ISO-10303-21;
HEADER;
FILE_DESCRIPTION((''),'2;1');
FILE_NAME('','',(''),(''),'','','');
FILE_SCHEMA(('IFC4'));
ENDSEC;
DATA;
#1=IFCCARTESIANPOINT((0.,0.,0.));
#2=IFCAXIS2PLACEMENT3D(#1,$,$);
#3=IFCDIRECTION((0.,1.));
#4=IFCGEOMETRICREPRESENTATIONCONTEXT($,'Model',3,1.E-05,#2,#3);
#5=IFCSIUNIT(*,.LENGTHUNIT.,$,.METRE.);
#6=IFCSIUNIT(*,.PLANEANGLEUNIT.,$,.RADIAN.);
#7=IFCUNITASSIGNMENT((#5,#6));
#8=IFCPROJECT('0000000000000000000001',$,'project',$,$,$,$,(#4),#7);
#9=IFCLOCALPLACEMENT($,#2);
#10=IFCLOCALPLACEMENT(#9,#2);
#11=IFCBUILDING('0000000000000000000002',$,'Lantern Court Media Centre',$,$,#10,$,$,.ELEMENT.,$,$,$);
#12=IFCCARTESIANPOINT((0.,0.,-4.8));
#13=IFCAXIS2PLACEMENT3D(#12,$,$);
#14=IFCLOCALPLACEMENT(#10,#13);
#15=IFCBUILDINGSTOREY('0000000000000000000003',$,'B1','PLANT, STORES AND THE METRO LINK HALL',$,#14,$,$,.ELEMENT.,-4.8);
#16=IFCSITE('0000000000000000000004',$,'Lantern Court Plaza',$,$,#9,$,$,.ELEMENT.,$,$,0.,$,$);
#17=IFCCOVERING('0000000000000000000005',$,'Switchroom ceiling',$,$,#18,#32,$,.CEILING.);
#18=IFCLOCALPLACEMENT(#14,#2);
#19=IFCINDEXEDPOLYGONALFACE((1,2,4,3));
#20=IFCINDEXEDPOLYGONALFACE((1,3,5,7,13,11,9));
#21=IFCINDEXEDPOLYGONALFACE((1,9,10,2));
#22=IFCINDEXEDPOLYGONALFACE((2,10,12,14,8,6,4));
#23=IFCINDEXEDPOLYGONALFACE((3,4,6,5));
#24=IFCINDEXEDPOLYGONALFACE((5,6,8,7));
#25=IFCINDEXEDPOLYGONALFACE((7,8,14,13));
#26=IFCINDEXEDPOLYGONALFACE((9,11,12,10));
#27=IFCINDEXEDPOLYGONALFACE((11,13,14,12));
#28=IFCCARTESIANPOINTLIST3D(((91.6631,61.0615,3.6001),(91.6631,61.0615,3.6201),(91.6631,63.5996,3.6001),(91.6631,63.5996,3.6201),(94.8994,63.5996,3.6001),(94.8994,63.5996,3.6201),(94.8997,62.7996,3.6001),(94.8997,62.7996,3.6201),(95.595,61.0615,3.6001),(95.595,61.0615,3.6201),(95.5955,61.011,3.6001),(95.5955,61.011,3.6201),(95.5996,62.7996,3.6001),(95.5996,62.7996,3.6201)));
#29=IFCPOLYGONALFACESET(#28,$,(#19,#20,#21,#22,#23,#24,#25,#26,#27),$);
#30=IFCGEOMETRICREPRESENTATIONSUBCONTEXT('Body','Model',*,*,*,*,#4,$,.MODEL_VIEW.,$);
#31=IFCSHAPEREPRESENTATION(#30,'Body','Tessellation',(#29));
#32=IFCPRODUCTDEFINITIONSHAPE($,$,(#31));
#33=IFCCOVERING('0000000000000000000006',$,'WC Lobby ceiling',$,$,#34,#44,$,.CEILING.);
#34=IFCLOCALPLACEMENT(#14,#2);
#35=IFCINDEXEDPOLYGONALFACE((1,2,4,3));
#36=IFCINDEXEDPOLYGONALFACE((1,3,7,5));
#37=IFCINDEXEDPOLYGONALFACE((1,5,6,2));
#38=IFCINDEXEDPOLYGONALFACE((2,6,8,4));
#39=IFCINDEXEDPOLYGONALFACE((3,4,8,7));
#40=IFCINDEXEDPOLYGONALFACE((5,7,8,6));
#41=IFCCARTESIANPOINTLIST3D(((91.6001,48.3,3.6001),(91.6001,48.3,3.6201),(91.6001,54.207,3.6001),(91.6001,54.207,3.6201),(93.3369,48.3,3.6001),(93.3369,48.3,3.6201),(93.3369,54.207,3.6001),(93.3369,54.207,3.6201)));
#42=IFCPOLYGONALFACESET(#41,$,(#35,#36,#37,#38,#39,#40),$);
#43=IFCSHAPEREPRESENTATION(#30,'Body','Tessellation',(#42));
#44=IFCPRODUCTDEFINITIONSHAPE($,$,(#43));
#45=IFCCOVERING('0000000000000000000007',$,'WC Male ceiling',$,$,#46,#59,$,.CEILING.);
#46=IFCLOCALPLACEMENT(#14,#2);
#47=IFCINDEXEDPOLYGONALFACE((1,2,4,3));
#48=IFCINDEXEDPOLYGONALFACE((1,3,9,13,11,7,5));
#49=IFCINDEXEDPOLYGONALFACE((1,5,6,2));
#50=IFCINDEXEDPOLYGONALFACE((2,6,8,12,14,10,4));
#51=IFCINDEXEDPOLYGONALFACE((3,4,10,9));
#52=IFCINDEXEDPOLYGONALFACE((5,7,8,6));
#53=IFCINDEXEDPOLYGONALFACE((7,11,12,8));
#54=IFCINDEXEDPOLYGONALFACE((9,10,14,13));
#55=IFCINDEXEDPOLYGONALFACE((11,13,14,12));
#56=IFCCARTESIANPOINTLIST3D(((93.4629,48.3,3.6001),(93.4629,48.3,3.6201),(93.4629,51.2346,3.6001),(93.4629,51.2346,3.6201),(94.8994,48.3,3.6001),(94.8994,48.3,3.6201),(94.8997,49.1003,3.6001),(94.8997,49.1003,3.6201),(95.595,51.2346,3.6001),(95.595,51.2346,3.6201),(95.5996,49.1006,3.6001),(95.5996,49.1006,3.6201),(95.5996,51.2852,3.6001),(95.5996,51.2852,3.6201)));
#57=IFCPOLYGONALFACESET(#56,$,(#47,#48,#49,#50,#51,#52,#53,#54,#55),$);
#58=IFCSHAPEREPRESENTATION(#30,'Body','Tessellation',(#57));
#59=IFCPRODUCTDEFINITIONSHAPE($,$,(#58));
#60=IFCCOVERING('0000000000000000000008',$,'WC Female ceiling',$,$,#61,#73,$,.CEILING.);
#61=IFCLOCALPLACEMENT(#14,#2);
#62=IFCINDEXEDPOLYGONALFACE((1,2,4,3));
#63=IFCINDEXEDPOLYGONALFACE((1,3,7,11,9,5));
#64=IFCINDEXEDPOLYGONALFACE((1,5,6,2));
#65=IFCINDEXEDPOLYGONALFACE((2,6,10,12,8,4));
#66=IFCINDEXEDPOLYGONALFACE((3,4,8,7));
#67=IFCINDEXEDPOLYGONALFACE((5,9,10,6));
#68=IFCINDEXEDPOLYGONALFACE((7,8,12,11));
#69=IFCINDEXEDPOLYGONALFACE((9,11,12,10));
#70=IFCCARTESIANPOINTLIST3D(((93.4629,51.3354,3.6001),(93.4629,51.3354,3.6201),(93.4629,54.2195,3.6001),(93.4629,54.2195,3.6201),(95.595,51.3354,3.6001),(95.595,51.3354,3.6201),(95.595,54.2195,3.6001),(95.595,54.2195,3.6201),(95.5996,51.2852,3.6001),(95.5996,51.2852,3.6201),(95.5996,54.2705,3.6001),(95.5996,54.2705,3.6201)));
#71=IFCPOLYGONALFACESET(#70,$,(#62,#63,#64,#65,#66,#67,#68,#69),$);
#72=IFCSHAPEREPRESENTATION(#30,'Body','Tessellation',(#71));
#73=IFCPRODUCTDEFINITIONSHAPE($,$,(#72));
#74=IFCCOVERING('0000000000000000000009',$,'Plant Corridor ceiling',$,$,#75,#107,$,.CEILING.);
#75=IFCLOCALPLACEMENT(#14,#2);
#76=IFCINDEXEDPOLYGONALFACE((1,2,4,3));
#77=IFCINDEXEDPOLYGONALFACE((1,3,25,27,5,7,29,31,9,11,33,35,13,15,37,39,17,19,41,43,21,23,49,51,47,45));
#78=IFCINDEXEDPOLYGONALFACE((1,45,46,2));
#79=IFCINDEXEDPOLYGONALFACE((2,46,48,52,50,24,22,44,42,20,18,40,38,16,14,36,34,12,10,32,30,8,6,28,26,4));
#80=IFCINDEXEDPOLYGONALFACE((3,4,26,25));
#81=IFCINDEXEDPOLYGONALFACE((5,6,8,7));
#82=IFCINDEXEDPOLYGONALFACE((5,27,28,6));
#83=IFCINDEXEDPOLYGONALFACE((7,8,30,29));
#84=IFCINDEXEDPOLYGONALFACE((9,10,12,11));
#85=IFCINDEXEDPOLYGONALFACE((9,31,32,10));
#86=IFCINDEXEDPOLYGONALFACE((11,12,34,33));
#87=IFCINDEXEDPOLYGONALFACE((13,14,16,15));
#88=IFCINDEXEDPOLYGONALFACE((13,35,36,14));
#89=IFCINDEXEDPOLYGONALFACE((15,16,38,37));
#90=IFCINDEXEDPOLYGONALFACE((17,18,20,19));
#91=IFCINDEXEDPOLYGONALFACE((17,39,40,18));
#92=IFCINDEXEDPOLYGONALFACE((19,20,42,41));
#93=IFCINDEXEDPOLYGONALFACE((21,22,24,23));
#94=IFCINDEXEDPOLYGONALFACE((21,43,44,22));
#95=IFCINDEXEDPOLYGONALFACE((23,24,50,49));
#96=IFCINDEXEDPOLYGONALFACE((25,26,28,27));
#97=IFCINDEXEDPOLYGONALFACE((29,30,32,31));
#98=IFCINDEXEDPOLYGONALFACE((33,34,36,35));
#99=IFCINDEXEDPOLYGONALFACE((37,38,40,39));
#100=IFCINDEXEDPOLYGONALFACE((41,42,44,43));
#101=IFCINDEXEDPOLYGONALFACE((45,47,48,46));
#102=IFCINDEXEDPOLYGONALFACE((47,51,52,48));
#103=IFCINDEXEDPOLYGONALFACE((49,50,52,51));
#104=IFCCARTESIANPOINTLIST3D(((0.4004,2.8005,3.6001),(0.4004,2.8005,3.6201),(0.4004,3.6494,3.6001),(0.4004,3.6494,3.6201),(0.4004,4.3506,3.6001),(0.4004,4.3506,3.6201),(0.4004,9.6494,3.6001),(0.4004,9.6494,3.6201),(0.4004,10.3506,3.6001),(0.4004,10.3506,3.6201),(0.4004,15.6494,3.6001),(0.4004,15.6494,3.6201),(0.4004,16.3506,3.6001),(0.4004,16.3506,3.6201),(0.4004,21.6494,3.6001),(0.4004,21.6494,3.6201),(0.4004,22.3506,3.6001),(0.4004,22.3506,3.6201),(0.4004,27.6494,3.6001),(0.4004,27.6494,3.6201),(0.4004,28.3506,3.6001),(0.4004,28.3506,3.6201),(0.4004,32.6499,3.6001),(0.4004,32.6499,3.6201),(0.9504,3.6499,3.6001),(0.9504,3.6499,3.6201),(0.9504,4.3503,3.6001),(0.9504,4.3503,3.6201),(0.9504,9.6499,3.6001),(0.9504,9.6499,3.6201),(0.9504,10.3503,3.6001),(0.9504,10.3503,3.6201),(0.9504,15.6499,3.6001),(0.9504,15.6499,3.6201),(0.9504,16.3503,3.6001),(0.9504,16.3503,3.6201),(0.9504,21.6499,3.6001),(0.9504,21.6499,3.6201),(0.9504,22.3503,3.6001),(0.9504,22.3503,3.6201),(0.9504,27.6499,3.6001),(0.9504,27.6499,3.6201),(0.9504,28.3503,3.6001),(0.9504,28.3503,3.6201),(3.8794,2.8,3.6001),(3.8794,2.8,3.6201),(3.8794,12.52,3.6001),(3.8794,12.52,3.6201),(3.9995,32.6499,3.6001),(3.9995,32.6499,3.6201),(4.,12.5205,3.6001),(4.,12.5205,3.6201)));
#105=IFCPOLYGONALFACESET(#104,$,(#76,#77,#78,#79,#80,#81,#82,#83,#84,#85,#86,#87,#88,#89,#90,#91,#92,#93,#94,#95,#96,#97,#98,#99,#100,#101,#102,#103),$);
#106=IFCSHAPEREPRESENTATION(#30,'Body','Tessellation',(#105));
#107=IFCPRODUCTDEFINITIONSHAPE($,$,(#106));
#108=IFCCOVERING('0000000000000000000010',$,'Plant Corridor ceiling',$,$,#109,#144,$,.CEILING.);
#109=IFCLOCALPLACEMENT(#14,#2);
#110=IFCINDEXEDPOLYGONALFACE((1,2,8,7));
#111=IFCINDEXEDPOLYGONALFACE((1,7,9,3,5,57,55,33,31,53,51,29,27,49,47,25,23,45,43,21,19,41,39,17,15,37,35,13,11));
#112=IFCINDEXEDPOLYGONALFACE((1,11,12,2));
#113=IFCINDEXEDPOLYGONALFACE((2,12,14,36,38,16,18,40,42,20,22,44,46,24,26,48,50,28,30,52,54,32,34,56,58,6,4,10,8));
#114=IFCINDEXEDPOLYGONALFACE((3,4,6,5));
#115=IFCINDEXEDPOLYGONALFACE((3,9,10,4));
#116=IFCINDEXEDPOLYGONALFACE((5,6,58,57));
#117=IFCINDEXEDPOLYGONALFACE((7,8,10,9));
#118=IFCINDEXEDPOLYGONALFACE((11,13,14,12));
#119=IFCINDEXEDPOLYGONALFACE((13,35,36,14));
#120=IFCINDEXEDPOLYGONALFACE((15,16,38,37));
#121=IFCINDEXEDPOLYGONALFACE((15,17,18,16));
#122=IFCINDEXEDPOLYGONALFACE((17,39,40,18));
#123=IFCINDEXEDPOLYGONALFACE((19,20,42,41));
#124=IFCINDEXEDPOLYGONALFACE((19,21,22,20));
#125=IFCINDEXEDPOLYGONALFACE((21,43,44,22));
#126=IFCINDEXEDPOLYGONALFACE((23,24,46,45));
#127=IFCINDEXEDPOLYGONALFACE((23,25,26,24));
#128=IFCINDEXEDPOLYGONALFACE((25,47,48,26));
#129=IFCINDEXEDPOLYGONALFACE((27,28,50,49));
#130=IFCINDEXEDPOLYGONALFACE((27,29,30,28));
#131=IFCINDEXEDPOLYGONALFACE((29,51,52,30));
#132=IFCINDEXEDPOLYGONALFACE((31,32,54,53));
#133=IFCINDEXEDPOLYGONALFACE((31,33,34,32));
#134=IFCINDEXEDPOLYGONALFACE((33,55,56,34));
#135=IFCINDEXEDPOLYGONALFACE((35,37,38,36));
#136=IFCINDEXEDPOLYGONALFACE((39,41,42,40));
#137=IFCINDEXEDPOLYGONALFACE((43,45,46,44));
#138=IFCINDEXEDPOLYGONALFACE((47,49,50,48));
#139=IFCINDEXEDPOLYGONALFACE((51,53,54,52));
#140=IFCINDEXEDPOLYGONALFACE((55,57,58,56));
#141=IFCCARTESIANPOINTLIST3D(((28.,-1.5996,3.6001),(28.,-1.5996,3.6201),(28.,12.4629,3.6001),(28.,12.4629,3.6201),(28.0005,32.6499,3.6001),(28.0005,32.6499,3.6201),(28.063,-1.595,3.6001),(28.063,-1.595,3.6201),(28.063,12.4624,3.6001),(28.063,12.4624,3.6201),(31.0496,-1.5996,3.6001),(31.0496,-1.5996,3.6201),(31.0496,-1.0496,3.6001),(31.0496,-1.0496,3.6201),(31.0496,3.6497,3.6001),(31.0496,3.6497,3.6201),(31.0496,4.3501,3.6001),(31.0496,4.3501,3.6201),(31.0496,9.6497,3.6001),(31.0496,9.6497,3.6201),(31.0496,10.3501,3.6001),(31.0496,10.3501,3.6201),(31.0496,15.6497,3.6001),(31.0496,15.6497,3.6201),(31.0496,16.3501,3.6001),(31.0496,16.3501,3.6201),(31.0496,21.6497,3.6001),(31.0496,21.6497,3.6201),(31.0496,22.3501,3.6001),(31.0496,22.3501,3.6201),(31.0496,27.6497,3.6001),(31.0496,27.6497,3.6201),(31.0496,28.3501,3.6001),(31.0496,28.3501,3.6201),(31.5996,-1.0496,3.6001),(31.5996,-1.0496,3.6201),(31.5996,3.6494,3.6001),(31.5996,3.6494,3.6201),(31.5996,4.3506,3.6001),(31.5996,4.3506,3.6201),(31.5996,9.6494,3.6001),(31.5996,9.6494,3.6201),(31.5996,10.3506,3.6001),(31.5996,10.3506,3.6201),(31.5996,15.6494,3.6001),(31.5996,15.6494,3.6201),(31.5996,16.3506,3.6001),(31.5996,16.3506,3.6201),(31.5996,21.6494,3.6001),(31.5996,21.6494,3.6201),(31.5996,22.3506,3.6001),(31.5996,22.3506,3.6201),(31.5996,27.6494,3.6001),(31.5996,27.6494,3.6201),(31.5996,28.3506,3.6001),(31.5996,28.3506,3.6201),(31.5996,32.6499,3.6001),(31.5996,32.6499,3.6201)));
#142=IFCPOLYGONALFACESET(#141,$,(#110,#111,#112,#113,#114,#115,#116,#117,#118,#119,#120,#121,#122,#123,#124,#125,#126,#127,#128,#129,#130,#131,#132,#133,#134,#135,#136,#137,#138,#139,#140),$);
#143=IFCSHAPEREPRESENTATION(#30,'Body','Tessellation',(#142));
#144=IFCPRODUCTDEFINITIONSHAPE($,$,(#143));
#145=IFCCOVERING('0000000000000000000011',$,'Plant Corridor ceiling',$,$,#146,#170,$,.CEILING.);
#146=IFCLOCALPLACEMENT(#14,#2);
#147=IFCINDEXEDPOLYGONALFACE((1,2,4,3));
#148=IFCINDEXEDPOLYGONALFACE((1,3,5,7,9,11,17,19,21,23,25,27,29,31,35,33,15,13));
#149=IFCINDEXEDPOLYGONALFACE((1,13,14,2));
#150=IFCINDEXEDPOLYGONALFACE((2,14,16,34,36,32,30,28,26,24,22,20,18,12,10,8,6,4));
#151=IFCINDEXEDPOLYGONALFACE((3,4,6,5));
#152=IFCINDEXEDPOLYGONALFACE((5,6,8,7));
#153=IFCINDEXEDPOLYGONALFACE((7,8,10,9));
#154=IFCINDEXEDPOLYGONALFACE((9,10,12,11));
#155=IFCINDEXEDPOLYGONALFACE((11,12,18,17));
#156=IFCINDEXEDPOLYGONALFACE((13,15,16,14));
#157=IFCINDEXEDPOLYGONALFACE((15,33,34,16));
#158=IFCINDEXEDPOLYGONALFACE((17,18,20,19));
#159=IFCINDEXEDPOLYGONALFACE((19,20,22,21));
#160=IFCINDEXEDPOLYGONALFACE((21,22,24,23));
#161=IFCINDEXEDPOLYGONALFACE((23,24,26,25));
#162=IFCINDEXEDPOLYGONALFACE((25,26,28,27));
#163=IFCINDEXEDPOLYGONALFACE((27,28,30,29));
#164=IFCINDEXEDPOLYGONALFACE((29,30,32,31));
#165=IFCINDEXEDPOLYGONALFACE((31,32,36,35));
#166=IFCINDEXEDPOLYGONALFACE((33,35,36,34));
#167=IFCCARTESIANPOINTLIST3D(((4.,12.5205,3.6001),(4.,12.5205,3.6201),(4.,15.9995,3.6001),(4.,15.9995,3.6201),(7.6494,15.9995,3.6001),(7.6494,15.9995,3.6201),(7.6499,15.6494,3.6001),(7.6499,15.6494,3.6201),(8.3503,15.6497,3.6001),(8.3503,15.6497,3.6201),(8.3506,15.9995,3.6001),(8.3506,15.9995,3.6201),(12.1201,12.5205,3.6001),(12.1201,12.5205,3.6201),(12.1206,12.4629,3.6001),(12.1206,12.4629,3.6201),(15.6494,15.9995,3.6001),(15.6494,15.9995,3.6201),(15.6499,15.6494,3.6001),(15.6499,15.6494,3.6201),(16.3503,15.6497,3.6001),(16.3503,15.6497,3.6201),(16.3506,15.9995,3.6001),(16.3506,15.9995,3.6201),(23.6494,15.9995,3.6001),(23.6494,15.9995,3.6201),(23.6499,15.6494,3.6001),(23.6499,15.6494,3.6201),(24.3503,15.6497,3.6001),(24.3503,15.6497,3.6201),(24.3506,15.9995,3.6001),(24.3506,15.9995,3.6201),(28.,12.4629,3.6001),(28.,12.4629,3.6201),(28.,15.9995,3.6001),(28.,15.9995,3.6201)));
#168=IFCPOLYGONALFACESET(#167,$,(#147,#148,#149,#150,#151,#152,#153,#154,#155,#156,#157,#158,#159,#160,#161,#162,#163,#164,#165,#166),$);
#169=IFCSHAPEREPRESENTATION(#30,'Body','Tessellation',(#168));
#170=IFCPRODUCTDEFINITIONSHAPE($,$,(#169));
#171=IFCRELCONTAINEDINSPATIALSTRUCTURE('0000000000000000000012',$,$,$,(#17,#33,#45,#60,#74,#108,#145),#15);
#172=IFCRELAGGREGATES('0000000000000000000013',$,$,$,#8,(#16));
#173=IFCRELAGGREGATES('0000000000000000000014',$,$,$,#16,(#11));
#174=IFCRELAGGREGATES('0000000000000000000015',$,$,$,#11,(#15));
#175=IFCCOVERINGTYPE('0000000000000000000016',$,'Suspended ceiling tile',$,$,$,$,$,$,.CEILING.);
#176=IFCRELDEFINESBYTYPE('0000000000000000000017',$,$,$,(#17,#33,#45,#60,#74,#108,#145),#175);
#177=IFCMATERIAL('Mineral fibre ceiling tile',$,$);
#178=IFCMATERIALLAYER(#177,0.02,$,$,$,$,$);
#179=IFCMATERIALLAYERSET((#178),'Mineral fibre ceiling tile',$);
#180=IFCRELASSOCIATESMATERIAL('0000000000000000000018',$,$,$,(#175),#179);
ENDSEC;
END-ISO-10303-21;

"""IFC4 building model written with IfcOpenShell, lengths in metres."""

from ifc_helpers import new_model, si_unit, direction, frame, origin, place, context, subcontext, project, spatial, polyline, outline, extrude, material, layer, layer_set, type_object, element, save


model = new_model("IFC4")

# Units and contexts
model_context = context("Model", 3, precision=1e-05, world=origin(), true_north=direction((0.0, 1.0)))
body_context = subcontext(model_context, "Body", "Model", "MODEL_VIEW")
ifc_project = project(units=[si_unit("LENGTHUNIT", "METRE"), si_unit("PLANEANGLEUNIT", "RADIAN")], contexts=[model_context])

# Site, building, storey
site_placement = place(None, origin())
site = spatial("IfcSite", under=ifc_project, at=site_placement, Name="Lantern Court Plaza", CompositionType="ELEMENT", RefElevation=0.0)
building_placement = place(site_placement, origin())
building = spatial("IfcBuilding", under=site, at=building_placement, Name="Lantern Court Media Centre", CompositionType="ELEMENT")
storey_placement = place(building_placement, frame((0.0, 0.0, -4.8)))
storey = spatial("IfcBuildingStorey", under=building, at=storey_placement, Name="B1", Description="PLANT, STORES AND THE METRO LINK HALL", CompositionType="ELEMENT", Elevation=-4.8)

# Coverings
ifc_material = material(Name="Mineral fibre ceiling tile")
ifc_layer = layer(ifc_material, 0.02)
ifc_layer_set = layer_set([ifc_layer], Name="Mineral fibre ceiling tile")
covering_type = type_object("IfcCoveringType", Name="Suspended ceiling tile", PredefinedType="CEILING", material=ifc_layer_set)
covering_1_placement = place(storey_placement, frame((0.0, 0.0, 3.6001)))
element("IfcCovering", 1, at=covering_1_placement, inside=storey, type_object=covering_type, Name="Switchroom ceiling", PredefinedType="CEILING", context=body_context, shape_type="SweptSolid", body=[
    extrude(outline(polyline([(95.5955, 61.011), (95.595, 61.0615), (91.6631, 61.0615), (91.6631, 63.5996), (94.8994, 63.5996), (94.8997, 62.7996), (95.5996, 62.7996), (95.5955, 61.011)])), origin(), (0.0, 0.0, 1.0), 0.02),
])
covering_2_placement = place(storey_placement, frame((0.0, 0.0, 3.6001)))
element("IfcCovering", 2, at=covering_2_placement, inside=storey, type_object=covering_type, Name="WC Lobby ceiling", PredefinedType="CEILING", context=body_context, shape_type="SweptSolid", body=[
    extrude(outline(polyline([(91.6001, 48.3), (91.6001, 54.207), (93.3369, 54.207), (93.3369, 48.3), (91.6001, 48.3)])), origin(), (0.0, 0.0, 1.0), 0.02),
])
covering_3_placement = place(storey_placement, frame((0.0, 0.0, 3.6001)))
element("IfcCovering", 3, at=covering_3_placement, inside=storey, type_object=covering_type, Name="WC Male ceiling", PredefinedType="CEILING", context=body_context, shape_type="SweptSolid", body=[
    extrude(outline(polyline([(95.5996, 51.2852), (95.5996, 49.1006), (94.8997, 49.1003), (94.8994, 48.3), (93.4629, 48.3), (93.4629, 51.2346), (95.595, 51.2346), (95.5996, 51.2852)])), origin(), (0.0, 0.0, 1.0), 0.02),
])
covering_4_placement = place(storey_placement, frame((0.0, 0.0, 3.6001)))
element("IfcCovering", 4, at=covering_4_placement, inside=storey, type_object=covering_type, Name="WC Female ceiling", PredefinedType="CEILING", context=body_context, shape_type="SweptSolid", body=[
    extrude(outline(polyline([(95.5996, 54.2705), (95.5996, 51.2852), (95.595, 51.3354), (93.4629, 51.3354), (93.4629, 54.2195), (95.595, 54.2195), (95.5996, 54.2705)])), origin(), (0.0, 0.0, 1.0), 0.02),
])
covering_5_placement = place(storey_placement, frame((0.0, 0.0, 3.6001)))
element("IfcCovering", 5, at=covering_5_placement, inside=storey, type_object=covering_type, Name="Plant Corridor ceiling", PredefinedType="CEILING", context=body_context, shape_type="SweptSolid", body=[
    extrude(outline(polyline([(4.0, 12.5205), (3.8794, 12.52), (3.8794, 2.8), (0.4004, 2.8005), (0.4004, 3.6494), (0.9504, 3.6499), (0.9504, 4.3503), (0.4004, 4.3506), (0.4004, 9.6494), (0.9504, 9.6499), (0.9504, 10.3503), (0.4004, 10.3506), (0.4004, 15.6494), (0.9504, 15.6499), (0.9504, 16.3503), (0.4004, 16.3506), (0.4004, 21.6494), (0.9504, 21.6499), (0.9504, 22.3503), (0.4004, 22.3506), (0.4004, 27.6494), (0.9504, 27.6499), (0.9504, 28.3503), (0.4004, 28.3506), (0.4004, 32.6499), (3.9995, 32.6499), (4.0, 12.5205)])), origin(), (0.0, 0.0, 1.0), 0.02),
])
covering_6_placement = place(storey_placement, frame((0.0, 0.0, 3.6001)))
element("IfcCovering", 6, at=covering_6_placement, inside=storey, type_object=covering_type, Name="Plant Corridor ceiling", PredefinedType="CEILING", context=body_context, shape_type="SweptSolid", body=[
    extrude(outline(polyline([(31.5996, 32.6499), (31.5996, 28.3506), (31.0496, 28.3501), (31.0496, 27.6497), (31.5996, 27.6494), (31.5996, 22.3506), (31.0496, 22.3501), (31.0496, 21.6497), (31.5996, 21.6494), (31.5996, 16.3506), (31.0496, 16.3501), (31.0496, 15.6497), (31.5996, 15.6494), (31.5996, 10.3506), (31.0496, 10.3501), (31.0496, 9.6497), (31.5996, 9.6494), (31.5996, 4.3506), (31.0496, 4.3501), (31.0496, 3.6497), (31.5996, 3.6494), (31.5996, -1.0496), (31.0496, -1.0496), (31.0496, -1.5996), (28.0, -1.5996), (28.063, -1.595), (28.063, 12.4624), (28.0, 12.4629), (28.0005, 32.6499), (31.5996, 32.6499)])), origin(), (0.0, 0.0, 1.0), 0.02),
])
covering_7_placement = place(storey_placement, frame((0.0, 0.0, 3.6001)))
element("IfcCovering", 7, at=covering_7_placement, inside=storey, type_object=covering_type, Name="Plant Corridor ceiling", PredefinedType="CEILING", context=body_context, shape_type="SweptSolid", body=[
    extrude(outline(polyline([(28.0, 12.4629), (12.1206, 12.4629), (12.1201, 12.5205), (4.0, 12.5205), (4.0, 15.9995), (7.6494, 15.9995), (7.6499, 15.6494), (8.3503, 15.6497), (8.3506, 15.9995), (15.6494, 15.9995), (15.6499, 15.6494), (16.3503, 15.6497), (16.3506, 15.9995), (23.6494, 15.9995), (23.6499, 15.6494), (24.3503, 15.6497), (24.3506, 15.9995), (28.0, 15.9995), (28.0, 12.4629)])), origin(), (0.0, 0.0, 1.0), 0.02),
])

save(model, "model.ifc")
